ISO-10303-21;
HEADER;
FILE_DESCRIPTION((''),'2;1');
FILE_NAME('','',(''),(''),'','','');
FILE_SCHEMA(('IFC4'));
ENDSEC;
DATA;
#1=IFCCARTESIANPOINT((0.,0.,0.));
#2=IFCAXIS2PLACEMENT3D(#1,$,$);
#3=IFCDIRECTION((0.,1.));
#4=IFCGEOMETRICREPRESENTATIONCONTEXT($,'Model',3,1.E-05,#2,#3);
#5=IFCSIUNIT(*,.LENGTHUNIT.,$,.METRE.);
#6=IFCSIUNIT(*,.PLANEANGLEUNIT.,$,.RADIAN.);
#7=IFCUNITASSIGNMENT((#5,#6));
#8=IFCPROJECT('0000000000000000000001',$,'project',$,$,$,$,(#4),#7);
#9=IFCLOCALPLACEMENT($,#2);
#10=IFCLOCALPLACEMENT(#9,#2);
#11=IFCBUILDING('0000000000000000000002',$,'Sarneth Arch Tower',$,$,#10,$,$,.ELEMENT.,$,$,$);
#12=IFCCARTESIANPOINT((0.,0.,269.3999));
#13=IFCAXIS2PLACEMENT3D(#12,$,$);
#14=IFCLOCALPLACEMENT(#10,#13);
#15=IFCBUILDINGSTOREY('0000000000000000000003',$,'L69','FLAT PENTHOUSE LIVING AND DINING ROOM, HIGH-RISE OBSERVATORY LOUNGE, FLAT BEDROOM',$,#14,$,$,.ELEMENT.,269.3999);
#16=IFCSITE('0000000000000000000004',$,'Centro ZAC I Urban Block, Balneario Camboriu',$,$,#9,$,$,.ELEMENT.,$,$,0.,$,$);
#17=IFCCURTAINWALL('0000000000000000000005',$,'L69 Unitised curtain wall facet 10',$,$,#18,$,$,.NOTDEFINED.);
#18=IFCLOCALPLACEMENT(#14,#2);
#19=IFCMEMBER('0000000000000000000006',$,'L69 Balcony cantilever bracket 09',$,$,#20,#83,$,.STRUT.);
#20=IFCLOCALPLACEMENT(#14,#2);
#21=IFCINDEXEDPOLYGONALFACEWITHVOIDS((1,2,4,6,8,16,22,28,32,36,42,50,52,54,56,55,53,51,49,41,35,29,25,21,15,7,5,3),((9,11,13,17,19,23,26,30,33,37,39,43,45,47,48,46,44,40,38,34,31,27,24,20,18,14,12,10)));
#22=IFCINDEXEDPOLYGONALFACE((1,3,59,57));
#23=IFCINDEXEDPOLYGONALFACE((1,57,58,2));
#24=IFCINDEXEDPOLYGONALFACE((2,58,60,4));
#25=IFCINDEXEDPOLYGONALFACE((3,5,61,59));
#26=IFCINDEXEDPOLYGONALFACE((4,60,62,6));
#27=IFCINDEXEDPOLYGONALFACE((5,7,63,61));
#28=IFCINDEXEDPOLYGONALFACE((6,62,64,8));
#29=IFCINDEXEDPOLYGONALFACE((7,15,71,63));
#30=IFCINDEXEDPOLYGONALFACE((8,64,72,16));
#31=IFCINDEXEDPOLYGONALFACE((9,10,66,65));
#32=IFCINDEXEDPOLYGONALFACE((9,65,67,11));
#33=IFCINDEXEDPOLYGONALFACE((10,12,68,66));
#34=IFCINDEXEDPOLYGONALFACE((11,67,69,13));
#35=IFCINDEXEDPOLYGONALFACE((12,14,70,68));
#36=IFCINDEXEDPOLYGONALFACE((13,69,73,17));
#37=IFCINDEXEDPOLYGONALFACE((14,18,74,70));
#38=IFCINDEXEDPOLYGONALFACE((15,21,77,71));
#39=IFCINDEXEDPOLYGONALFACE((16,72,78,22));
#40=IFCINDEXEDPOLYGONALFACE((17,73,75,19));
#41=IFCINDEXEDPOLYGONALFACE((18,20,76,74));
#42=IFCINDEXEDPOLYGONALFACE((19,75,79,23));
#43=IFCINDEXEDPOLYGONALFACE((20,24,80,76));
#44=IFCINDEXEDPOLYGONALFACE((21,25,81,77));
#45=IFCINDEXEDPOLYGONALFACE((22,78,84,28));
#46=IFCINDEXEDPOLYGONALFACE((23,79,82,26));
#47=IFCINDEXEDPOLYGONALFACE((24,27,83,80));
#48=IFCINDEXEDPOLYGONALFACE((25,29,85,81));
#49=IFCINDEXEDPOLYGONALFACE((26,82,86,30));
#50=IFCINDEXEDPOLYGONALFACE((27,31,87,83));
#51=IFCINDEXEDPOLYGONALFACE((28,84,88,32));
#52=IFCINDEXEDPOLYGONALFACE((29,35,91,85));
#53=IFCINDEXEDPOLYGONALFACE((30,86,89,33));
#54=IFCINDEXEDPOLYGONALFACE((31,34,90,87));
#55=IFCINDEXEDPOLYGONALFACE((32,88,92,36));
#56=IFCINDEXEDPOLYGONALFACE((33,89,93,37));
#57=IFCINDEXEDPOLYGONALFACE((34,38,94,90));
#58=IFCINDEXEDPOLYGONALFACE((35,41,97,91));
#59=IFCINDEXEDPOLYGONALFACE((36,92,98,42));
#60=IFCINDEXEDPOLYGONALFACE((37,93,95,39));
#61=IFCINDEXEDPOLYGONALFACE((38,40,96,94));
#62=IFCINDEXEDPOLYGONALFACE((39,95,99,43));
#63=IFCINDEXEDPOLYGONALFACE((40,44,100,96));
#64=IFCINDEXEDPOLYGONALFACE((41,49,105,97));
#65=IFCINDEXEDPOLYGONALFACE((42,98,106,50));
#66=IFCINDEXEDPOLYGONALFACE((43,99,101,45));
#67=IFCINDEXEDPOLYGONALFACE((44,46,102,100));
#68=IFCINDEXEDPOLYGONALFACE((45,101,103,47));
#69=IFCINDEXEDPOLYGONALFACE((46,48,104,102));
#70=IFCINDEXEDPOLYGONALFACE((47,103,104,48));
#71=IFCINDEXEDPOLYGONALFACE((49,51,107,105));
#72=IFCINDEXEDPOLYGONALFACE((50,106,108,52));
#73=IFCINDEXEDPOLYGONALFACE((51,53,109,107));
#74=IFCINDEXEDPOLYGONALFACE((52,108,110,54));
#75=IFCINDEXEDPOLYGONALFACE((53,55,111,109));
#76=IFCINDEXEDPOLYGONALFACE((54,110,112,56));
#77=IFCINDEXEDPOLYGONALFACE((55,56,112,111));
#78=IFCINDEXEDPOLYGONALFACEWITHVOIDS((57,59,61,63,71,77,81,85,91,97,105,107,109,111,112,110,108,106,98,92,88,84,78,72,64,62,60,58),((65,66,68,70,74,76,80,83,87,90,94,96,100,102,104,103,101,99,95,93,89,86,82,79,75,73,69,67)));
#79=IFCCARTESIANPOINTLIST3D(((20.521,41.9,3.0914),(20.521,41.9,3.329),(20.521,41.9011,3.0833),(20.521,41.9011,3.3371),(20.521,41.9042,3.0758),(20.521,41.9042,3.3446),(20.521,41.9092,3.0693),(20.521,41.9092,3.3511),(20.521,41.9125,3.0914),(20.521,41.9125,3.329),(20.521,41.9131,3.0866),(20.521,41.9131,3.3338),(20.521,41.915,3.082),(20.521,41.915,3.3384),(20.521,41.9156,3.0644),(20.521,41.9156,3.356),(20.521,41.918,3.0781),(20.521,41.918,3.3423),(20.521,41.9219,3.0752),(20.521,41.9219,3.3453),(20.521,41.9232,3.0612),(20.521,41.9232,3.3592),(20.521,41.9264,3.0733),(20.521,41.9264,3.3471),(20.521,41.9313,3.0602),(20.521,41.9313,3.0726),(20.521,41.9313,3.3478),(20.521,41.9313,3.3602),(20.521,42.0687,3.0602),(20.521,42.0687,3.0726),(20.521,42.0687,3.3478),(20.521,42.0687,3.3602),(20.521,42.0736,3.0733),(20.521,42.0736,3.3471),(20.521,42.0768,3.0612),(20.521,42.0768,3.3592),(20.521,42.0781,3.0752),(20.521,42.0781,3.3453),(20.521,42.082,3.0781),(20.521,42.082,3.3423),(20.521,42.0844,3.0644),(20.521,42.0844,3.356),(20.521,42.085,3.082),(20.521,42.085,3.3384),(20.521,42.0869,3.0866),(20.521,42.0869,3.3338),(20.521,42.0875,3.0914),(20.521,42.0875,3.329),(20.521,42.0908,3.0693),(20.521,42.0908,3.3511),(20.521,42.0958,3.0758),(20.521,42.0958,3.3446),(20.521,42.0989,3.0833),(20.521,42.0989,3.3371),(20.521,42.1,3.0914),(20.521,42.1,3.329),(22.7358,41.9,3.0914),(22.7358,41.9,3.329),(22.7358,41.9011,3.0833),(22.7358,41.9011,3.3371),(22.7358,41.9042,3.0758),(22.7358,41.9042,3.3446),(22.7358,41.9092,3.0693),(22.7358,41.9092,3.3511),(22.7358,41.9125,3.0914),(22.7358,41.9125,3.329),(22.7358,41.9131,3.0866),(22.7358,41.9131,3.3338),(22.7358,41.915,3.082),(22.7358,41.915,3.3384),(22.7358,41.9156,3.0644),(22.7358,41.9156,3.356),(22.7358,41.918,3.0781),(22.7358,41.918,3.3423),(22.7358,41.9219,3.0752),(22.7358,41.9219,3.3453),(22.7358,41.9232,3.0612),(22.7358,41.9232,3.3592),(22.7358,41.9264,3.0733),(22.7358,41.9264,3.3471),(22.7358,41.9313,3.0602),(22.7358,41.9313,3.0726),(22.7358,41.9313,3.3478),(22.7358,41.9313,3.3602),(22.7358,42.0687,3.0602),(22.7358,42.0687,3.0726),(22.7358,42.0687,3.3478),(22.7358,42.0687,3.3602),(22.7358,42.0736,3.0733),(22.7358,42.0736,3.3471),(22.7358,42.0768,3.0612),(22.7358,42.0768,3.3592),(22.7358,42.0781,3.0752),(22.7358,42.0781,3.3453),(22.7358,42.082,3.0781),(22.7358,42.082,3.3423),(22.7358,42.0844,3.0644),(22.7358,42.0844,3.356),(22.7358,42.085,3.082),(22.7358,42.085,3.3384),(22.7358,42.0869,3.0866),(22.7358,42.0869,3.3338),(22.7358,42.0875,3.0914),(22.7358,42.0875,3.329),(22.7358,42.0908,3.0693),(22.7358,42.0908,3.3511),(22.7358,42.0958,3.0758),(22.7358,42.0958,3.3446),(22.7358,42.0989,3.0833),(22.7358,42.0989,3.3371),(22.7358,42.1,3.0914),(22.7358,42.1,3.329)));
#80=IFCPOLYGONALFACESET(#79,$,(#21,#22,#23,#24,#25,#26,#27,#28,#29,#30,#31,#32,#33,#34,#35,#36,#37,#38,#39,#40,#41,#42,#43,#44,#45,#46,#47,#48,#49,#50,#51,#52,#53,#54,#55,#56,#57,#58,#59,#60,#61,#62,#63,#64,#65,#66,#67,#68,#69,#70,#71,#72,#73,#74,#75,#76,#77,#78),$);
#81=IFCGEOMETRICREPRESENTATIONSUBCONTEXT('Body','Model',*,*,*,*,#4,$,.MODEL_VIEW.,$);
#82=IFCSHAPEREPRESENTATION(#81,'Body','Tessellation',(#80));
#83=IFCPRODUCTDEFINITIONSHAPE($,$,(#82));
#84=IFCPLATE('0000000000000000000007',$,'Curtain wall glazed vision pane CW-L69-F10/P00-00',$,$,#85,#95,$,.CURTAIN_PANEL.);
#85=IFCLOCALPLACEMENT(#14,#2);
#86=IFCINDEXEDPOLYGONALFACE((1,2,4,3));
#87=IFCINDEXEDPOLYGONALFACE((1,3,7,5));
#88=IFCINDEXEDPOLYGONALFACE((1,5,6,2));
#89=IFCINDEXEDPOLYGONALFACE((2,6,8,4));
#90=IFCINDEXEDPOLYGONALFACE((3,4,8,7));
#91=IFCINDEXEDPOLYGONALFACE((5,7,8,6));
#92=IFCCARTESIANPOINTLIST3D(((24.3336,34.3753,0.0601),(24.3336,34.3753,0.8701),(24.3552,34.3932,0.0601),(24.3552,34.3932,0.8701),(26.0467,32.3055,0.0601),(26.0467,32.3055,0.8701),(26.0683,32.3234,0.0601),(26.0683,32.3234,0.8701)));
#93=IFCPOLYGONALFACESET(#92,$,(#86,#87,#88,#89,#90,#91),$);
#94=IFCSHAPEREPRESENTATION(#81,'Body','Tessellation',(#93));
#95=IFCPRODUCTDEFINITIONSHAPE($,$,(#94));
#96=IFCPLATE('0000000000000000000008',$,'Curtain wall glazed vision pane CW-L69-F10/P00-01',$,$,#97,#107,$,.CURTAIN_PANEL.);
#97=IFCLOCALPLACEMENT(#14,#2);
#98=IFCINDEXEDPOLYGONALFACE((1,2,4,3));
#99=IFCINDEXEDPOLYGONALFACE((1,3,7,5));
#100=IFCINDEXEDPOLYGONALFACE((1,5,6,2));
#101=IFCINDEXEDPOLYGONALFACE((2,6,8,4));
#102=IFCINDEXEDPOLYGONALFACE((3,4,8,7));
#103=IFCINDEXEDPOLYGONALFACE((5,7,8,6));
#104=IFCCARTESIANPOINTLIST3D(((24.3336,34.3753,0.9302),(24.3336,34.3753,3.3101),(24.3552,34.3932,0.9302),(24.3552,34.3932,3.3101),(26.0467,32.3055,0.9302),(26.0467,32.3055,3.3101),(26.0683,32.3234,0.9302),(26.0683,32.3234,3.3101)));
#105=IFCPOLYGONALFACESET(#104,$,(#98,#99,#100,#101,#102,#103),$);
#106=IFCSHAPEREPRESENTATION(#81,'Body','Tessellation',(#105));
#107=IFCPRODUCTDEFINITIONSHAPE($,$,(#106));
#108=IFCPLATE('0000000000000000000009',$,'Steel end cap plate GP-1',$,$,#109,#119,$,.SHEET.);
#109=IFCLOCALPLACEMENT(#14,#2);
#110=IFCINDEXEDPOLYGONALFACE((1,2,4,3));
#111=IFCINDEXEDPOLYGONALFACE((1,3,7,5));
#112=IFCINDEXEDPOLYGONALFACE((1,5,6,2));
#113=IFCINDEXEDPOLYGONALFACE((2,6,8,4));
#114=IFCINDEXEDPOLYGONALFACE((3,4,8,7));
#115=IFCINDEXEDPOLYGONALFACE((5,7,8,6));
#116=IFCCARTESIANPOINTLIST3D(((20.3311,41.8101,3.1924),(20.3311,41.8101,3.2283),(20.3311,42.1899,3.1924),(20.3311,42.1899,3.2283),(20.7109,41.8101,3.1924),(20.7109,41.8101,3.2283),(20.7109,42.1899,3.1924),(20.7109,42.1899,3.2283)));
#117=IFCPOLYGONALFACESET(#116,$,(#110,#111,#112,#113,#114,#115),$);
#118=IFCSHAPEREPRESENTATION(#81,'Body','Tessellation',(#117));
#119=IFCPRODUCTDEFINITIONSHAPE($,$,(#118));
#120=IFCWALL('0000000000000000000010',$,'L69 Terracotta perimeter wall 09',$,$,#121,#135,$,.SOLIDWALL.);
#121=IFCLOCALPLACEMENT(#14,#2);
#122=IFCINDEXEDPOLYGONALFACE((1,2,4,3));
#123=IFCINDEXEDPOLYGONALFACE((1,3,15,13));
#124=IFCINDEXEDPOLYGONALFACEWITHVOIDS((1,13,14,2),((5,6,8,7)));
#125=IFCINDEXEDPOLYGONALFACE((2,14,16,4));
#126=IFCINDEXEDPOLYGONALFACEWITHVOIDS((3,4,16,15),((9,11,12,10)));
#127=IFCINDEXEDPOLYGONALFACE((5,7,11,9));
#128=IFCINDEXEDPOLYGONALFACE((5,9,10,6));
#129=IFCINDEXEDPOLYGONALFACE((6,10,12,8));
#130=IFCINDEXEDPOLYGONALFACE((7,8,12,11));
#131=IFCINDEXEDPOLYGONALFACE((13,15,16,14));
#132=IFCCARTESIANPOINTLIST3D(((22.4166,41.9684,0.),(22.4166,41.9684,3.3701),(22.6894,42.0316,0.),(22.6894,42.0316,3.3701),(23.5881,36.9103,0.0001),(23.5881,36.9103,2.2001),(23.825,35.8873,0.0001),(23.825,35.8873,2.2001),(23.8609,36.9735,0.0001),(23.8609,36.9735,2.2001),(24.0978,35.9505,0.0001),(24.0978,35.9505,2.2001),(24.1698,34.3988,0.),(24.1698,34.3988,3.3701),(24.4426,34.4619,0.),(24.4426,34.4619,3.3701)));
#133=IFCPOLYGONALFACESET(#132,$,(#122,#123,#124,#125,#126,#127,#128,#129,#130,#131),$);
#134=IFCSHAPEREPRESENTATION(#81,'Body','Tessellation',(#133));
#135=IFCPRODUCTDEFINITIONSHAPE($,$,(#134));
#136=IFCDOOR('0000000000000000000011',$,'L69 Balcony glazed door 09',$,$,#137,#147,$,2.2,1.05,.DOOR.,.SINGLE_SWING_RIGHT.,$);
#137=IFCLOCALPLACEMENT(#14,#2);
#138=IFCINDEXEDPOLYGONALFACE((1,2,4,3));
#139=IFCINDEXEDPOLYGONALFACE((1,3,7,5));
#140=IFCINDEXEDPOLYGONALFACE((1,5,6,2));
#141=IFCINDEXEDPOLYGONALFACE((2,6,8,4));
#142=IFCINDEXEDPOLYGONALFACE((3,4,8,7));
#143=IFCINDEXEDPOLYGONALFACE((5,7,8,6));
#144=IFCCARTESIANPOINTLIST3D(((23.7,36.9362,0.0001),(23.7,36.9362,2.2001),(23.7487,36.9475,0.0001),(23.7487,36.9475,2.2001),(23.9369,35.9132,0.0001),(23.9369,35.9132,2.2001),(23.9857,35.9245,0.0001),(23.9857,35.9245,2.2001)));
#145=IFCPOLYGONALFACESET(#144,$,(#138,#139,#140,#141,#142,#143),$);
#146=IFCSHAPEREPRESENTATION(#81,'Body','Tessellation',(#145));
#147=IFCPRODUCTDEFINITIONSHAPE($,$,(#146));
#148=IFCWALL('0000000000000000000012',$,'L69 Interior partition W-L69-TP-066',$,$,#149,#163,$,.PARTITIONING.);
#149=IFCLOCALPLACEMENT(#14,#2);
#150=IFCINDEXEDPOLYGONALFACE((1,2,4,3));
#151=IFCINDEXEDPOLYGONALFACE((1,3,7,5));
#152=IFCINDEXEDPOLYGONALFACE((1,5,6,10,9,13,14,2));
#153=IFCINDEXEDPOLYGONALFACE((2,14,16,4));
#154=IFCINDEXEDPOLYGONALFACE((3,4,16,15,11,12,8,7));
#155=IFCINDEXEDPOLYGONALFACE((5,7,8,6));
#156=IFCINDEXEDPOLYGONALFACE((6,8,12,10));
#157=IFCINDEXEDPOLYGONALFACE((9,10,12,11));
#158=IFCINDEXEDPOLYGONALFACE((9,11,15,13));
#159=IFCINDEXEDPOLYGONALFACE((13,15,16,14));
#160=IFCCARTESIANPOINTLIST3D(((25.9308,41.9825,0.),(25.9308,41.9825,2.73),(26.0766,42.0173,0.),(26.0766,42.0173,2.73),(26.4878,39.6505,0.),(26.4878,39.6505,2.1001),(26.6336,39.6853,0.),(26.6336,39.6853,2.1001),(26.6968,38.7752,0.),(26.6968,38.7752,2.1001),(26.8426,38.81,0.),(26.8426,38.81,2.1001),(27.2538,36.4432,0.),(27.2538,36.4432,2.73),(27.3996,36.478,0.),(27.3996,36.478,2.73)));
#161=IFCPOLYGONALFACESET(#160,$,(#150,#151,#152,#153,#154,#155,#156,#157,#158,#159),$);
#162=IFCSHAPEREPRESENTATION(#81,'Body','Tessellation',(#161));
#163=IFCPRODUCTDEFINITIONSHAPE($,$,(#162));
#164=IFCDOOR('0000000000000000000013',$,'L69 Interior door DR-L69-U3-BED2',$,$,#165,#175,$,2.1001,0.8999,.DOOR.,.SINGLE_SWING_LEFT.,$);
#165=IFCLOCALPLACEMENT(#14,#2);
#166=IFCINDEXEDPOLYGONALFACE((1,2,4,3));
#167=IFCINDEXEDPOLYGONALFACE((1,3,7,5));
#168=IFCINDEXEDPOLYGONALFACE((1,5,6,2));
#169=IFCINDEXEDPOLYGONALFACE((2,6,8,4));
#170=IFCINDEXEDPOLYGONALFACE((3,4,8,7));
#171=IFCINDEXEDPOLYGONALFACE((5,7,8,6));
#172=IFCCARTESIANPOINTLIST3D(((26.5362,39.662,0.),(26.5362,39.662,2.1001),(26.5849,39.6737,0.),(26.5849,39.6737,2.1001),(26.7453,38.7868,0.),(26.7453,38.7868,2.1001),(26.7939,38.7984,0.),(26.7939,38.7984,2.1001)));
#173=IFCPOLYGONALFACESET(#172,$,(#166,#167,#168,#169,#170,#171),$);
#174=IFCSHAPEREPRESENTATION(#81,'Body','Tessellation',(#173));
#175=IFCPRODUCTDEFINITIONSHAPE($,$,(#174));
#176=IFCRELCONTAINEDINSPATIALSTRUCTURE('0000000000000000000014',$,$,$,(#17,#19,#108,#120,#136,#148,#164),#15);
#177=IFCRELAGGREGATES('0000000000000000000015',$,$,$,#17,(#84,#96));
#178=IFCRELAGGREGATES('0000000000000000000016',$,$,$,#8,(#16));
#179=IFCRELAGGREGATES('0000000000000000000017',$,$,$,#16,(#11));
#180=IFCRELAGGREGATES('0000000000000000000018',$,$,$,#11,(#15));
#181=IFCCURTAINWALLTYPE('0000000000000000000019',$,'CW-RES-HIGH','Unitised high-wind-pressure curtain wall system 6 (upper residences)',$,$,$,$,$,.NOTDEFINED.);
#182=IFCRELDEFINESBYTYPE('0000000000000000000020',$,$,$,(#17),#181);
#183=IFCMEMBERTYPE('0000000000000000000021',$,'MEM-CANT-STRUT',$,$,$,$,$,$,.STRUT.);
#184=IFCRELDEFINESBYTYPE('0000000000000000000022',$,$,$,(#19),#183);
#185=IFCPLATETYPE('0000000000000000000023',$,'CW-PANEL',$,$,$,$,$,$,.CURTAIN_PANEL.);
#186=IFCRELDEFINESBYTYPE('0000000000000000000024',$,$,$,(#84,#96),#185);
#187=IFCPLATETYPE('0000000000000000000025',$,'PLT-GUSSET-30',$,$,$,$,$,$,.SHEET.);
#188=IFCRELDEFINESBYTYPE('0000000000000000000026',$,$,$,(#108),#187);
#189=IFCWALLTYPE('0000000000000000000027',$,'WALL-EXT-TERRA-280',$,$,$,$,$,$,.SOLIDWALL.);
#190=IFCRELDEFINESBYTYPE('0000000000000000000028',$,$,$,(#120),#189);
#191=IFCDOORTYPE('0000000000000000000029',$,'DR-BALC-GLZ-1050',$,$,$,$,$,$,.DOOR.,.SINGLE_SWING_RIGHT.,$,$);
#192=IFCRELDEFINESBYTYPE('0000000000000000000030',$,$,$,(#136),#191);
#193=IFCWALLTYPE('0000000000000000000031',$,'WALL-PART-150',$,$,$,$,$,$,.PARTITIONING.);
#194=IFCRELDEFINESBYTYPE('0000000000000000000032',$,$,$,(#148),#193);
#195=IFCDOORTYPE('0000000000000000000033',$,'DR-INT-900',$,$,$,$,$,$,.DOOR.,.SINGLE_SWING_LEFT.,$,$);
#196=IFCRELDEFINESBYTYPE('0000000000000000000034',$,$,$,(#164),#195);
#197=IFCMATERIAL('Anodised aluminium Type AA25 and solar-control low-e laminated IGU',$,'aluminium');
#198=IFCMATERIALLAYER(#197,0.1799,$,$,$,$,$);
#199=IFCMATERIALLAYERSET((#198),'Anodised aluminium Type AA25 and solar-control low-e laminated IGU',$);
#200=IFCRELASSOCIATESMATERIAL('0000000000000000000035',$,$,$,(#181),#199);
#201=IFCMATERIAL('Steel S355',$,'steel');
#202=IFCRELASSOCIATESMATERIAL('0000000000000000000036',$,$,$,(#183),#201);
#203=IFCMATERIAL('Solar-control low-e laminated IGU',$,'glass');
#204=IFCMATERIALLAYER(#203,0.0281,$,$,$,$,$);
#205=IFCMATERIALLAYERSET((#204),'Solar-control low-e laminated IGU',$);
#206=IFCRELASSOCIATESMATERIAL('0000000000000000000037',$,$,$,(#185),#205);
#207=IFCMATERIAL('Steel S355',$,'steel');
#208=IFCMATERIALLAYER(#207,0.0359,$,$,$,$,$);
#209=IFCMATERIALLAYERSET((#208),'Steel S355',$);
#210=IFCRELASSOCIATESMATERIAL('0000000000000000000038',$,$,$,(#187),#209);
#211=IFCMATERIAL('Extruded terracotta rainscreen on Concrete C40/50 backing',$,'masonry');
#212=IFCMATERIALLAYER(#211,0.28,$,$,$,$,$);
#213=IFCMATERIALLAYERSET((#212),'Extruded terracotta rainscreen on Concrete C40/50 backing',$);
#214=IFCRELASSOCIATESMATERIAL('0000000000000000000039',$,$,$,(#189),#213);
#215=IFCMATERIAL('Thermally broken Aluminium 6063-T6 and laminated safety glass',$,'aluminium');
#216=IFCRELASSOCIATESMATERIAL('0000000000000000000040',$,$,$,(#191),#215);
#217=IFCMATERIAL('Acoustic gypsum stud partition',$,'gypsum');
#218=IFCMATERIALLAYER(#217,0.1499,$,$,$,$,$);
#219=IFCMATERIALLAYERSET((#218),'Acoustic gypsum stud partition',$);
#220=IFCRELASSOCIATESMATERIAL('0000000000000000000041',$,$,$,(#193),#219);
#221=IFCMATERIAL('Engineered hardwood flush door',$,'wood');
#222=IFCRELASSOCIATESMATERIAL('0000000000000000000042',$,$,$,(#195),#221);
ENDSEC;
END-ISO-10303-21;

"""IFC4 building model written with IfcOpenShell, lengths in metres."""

from ifc_helpers import new_model, si_unit, direction, frame, frame_2d, origin, origin_2d, place, context, subcontext, project, spatial, rectangle, hollow_rectangle, extrude, material, layer, layer_set, material_profile, profile_set, type_object, element, fill, aggregate, save


model = new_model("IFC4")

# Units and contexts
model_context = context("Model", 3, precision=1e-05, world=origin(), true_north=direction((0.0, 1.0)))
body_context = subcontext(model_context, "Body", "Model", "MODEL_VIEW")
ifc_project = project(units=[si_unit("LENGTHUNIT", "METRE"), si_unit("PLANEANGLEUNIT", "RADIAN")], contexts=[model_context])

# Site, building, storey
site_placement = place(None, origin())
site = spatial("IfcSite", under=ifc_project, at=site_placement, Name="Centro ZAC I Urban Block, Balneario Camboriu", CompositionType="ELEMENT", RefElevation=0.0)
building_placement = place(site_placement, origin())
building = spatial("IfcBuilding", under=site, at=building_placement, Name="Sarneth Arch Tower", CompositionType="ELEMENT")
storey_placement = place(building_placement, frame((0.0, 0.0, 269.3999)))
storey = spatial("IfcBuildingStorey", under=building, at=storey_placement, Name="L69", Description="FLAT PENTHOUSE LIVING AND DINING ROOM, HIGH-RISE OBSERVATORY LOUNGE, FLAT BEDROOM", CompositionType="ELEMENT", Elevation=269.3999)

# Curtain wall
ifc_material_1 = material(Name="Anodised aluminium Type AA25 and solar-control low-e laminated IGU", Category="aluminium")
ifc_layer_1 = layer(ifc_material_1, 0.1799)
ifc_layer_set_1 = layer_set([ifc_layer_1], Name="Anodised aluminium Type AA25 and solar-control low-e laminated IGU")
curtain_wall_type = type_object("IfcCurtainWallType", Name="CW-RES-HIGH", Description="Unitised high-wind-pressure curtain wall system 6 (upper residences)", PredefinedType="NOTDEFINED", material=ifc_layer_set_1)
curtain_wall_placement = place(storey_placement, origin())
curtain_wall = element("IfcCurtainWall", 1, at=curtain_wall_placement, inside=storey, type_object=curtain_wall_type, Name="L69 Unitised curtain wall facet 10", PredefinedType="NOTDEFINED")

# Member
ifc_material_2 = material(Name="Steel S355", Category="steel")
ifc_material_profile_1 = material_profile(ifc_material_2, hollow_rectangle(XDim=0.2, YDim=0.3, WallThickness=0.0125, InnerFilletRadius=0.0188, OuterFilletRadius=0.0312, at=origin_2d()), Name="RHS300x200x12.5")
ifc_profile_set_1 = profile_set([ifc_material_profile_1], Name="Steel S355")
member_type_1 = type_object("IfcMemberType", Name="MEM-CANT-STRUT", PredefinedType="STRUT", material=ifc_profile_set_1)
member_1_placement = place(storey_placement, frame((22.7358, 42.0, 3.2102), z_axis=(-1.0, 0.0, 0.0), x_axis=(0.0, -1.0, 0.0)))
element("IfcMember", 2, at=member_1_placement, inside=storey, type_object=member_type_1, Name="L69 Balcony cantilever bracket 09", PredefinedType="STRUT", context=body_context, shape_type="SweptSolid", body=[
    extrude(hollow_rectangle(XDim=0.2, YDim=0.3, WallThickness=0.0125, InnerFilletRadius=0.0188, OuterFilletRadius=0.0312, at=origin_2d()), origin(), (0.0, 0.0, 1.0), 2.2148),
])

# Plates
ifc_material_3 = material(Name="Solar-control low-e laminated IGU", Category="glass")
ifc_layer_2 = layer(ifc_material_3, 0.0281)
ifc_layer_set_2 = layer_set([ifc_layer_2], Name="Solar-control low-e laminated IGU")
plate_type_1 = type_object("IfcPlateType", Name="CW-PANEL", PredefinedType="CURTAIN_PANEL", material=ifc_layer_set_2)
plate_1_placement = place(storey_placement, frame((25.2009, 33.3494, 0.0601), z_axis=(0.0, 0.0, 1.0), x_axis=(0.63761, -0.770359, 0.0)))
plate_1 = element("IfcPlate", 3, at=plate_1_placement, type_object=plate_type_1, Name="Curtain wall glazed vision pane CW-L69-F10/P00-00", PredefinedType="CURTAIN_PANEL", context=body_context, shape_type="SweptSolid", body=[
    extrude(rectangle(XDim=2.6868, YDim=0.0281, at=origin_2d()), origin(), (0.0, 0.0, 1.0), 0.8101),
])
plate_2_placement = place(storey_placement, frame((25.2009, 33.3494, 0.9302), z_axis=(0.0, 0.0, 1.0), x_axis=(0.63761, -0.770359, 0.0)))
plate_2 = element("IfcPlate", 4, at=plate_2_placement, type_object=plate_type_1, Name="Curtain wall glazed vision pane CW-L69-F10/P00-01", PredefinedType="CURTAIN_PANEL", context=body_context, shape_type="SweptSolid", body=[
    extrude(rectangle(XDim=2.6868, YDim=0.0281, at=origin_2d()), origin(), (0.0, 0.0, 1.0), 2.3799),
])
aggregate(curtain_wall, [plate_1, plate_2])
ifc_material_4 = material(Name="Steel S355", Category="steel")
ifc_layer_3 = layer(ifc_material_4, 0.0359)
ifc_layer_set_3 = layer_set([ifc_layer_3], Name="Steel S355")
plate_type_2 = type_object("IfcPlateType", Name="PLT-GUSSET-30", PredefinedType="SHEET", material=ifc_layer_set_3)
plate_3_placement = place(storey_placement, frame((20.521, 42.0, 3.1924), z_axis=(0.0, 0.0, 1.0), x_axis=(-1.0, 0.0, 0.0)))
element("IfcPlate", 5, at=plate_3_placement, inside=storey, type_object=plate_type_2, Name="Steel end cap plate GP-1", PredefinedType="SHEET", context=body_context, shape_type="SweptSolid", body=[
    extrude(rectangle(XDim=0.3799, YDim=0.3799, at=origin_2d()), origin(), (0.0, 0.0, 1.0), 0.0359),
])

# Walls, openings, doors
ifc_material_5 = material(Name="Extruded terracotta rainscreen on Concrete C40/50 backing", Category="masonry")
ifc_layer_4 = layer(ifc_material_5, 0.28)
ifc_layer_set_4 = layer_set([ifc_layer_4], Name="Extruded terracotta rainscreen on Concrete C40/50 backing")
wall_type_1 = type_object("IfcWallType", Name="WALL-EXT-TERRA-280", PredefinedType="SOLIDWALL", material=ifc_layer_set_4)
wall_1_placement = place(storey_placement, frame((22.553, 42.0, 0.0), z_axis=(0.0, 0.0, 1.0), x_axis=(0.225635, -0.974212, 0.0)))
wall_1 = element("IfcWall", 6, at=wall_1_placement, inside=storey, type_object=wall_type_1, Name="L69 Terracotta perimeter wall 09", PredefinedType="SOLIDWALL", context=body_context, shape_type="SweptSolid", body=[
    extrude(rectangle(XDim=7.77, YDim=0.28, at=frame_2d((3.885, 0.0))), origin(), (0.0, 0.0, 1.0), 3.3701),
])
opening_1_placement = place(wall_1_placement, frame((5.1921, 0.0, 0.0)))
opening_1 = element("IfcOpeningElement", 7, at=opening_1_placement, cuts=wall_1, PredefinedType="OPENING", context=body_context, shape_type="SweptSolid", body=[
    extrude(rectangle(XDim=1.05, YDim=2.2, at=frame_2d((0.5249, 1.1001))), frame((0.0, 0.1499, 0.0), z_axis=(0.0, -1.0, 0.0), x_axis=(1.0, 0.0, 0.0)), (0.0, 0.0, 1.0), 0.3),
])
ifc_material_6 = material(Name="Thermally broken Aluminium 6063-T6 and laminated safety glass", Category="aluminium")
door_type_1 = type_object("IfcDoorType", Name="DR-BALC-GLZ-1050", OperationType="SINGLE_SWING_RIGHT", PredefinedType="DOOR", material=ifc_material_6)
door_1_placement = place(opening_1_placement, origin())
door_1 = element("IfcDoor", 8, at=door_1_placement, inside=storey, type_object=door_type_1, Name="L69 Balcony glazed door 09", OperationType="SINGLE_SWING_RIGHT", OverallHeight=2.2, OverallWidth=1.05, PredefinedType="DOOR", context=body_context, shape_type="SweptSolid", body=[
    extrude(rectangle(XDim=1.05, YDim=2.2, at=frame_2d((0.5249, 1.1001))), frame((0.0, 0.0249, 0.0), z_axis=(0.0, -1.0, 0.0), x_axis=(1.0, 0.0, 0.0)), (0.0, 0.0, 1.0), 0.05),
])
fill(opening_1, door_1)
ifc_material_7 = material(Name="Acoustic gypsum stud partition", Category="gypsum")
ifc_layer_5 = layer(ifc_material_7, 0.1499)
ifc_layer_set_5 = layer_set([ifc_layer_5], Name="Acoustic gypsum stud partition")
wall_type_2 = type_object("IfcWallType", Name="WALL-PART-150", PredefinedType="PARTITIONING", material=ifc_layer_set_5)
wall_2_placement = place(storey_placement, frame((26.0037, 42.0, 0.0), z_axis=(0.0, 0.0, 1.0), x_axis=(0.232304, -0.972643, 0.0)))
wall_2 = element("IfcWall", 9, at=wall_2_placement, inside=storey, type_object=wall_type_2, Name="L69 Interior partition W-L69-TP-066", PredefinedType="PARTITIONING", context=body_context, shape_type="SweptSolid", body=[
    extrude(rectangle(XDim=5.6951, YDim=0.1499, at=frame_2d((2.8477, 0.0))), origin(), (0.0, 0.0, 1.0), 2.73),
])
opening_2_placement = place(wall_2_placement, frame((2.3977, 0.0, 0.0)))
opening_2 = element("IfcOpeningElement", 10, at=opening_2_placement, cuts=wall_2, PredefinedType="OPENING", context=body_context, shape_type="SweptSolid", body=[
    extrude(rectangle(XDim=0.8999, YDim=2.1001, at=frame_2d((0.45, 1.05))), frame((0.0, 0.085, 0.0), z_axis=(0.0, -1.0, 0.0), x_axis=(1.0, 0.0, 0.0)), (0.0, 0.0, 1.0), 0.1699),
])
ifc_material_8 = material(Name="Engineered hardwood flush door", Category="wood")
door_type_2 = type_object("IfcDoorType", Name="DR-INT-900", OperationType="SINGLE_SWING_LEFT", PredefinedType="DOOR", material=ifc_material_8)
door_2_placement = place(opening_2_placement, origin())
door_2 = element("IfcDoor", 11, at=door_2_placement, inside=storey, type_object=door_type_2, Name="L69 Interior door DR-L69-U3-BED2", OperationType="SINGLE_SWING_LEFT", OverallHeight=2.1001, OverallWidth=0.8999, PredefinedType="DOOR", context=body_context, shape_type="SweptSolid", body=[
    extrude(rectangle(XDim=0.8999, YDim=2.1001, at=frame_2d((0.45, 1.05))), frame((0.0, 0.0249, 0.0), z_axis=(0.0, -1.0, 0.0), x_axis=(1.0, 0.0, 0.0)), (0.0, 0.0, 1.0), 0.05),
])
fill(opening_2, door_2)

save(model, "model.ifc")
